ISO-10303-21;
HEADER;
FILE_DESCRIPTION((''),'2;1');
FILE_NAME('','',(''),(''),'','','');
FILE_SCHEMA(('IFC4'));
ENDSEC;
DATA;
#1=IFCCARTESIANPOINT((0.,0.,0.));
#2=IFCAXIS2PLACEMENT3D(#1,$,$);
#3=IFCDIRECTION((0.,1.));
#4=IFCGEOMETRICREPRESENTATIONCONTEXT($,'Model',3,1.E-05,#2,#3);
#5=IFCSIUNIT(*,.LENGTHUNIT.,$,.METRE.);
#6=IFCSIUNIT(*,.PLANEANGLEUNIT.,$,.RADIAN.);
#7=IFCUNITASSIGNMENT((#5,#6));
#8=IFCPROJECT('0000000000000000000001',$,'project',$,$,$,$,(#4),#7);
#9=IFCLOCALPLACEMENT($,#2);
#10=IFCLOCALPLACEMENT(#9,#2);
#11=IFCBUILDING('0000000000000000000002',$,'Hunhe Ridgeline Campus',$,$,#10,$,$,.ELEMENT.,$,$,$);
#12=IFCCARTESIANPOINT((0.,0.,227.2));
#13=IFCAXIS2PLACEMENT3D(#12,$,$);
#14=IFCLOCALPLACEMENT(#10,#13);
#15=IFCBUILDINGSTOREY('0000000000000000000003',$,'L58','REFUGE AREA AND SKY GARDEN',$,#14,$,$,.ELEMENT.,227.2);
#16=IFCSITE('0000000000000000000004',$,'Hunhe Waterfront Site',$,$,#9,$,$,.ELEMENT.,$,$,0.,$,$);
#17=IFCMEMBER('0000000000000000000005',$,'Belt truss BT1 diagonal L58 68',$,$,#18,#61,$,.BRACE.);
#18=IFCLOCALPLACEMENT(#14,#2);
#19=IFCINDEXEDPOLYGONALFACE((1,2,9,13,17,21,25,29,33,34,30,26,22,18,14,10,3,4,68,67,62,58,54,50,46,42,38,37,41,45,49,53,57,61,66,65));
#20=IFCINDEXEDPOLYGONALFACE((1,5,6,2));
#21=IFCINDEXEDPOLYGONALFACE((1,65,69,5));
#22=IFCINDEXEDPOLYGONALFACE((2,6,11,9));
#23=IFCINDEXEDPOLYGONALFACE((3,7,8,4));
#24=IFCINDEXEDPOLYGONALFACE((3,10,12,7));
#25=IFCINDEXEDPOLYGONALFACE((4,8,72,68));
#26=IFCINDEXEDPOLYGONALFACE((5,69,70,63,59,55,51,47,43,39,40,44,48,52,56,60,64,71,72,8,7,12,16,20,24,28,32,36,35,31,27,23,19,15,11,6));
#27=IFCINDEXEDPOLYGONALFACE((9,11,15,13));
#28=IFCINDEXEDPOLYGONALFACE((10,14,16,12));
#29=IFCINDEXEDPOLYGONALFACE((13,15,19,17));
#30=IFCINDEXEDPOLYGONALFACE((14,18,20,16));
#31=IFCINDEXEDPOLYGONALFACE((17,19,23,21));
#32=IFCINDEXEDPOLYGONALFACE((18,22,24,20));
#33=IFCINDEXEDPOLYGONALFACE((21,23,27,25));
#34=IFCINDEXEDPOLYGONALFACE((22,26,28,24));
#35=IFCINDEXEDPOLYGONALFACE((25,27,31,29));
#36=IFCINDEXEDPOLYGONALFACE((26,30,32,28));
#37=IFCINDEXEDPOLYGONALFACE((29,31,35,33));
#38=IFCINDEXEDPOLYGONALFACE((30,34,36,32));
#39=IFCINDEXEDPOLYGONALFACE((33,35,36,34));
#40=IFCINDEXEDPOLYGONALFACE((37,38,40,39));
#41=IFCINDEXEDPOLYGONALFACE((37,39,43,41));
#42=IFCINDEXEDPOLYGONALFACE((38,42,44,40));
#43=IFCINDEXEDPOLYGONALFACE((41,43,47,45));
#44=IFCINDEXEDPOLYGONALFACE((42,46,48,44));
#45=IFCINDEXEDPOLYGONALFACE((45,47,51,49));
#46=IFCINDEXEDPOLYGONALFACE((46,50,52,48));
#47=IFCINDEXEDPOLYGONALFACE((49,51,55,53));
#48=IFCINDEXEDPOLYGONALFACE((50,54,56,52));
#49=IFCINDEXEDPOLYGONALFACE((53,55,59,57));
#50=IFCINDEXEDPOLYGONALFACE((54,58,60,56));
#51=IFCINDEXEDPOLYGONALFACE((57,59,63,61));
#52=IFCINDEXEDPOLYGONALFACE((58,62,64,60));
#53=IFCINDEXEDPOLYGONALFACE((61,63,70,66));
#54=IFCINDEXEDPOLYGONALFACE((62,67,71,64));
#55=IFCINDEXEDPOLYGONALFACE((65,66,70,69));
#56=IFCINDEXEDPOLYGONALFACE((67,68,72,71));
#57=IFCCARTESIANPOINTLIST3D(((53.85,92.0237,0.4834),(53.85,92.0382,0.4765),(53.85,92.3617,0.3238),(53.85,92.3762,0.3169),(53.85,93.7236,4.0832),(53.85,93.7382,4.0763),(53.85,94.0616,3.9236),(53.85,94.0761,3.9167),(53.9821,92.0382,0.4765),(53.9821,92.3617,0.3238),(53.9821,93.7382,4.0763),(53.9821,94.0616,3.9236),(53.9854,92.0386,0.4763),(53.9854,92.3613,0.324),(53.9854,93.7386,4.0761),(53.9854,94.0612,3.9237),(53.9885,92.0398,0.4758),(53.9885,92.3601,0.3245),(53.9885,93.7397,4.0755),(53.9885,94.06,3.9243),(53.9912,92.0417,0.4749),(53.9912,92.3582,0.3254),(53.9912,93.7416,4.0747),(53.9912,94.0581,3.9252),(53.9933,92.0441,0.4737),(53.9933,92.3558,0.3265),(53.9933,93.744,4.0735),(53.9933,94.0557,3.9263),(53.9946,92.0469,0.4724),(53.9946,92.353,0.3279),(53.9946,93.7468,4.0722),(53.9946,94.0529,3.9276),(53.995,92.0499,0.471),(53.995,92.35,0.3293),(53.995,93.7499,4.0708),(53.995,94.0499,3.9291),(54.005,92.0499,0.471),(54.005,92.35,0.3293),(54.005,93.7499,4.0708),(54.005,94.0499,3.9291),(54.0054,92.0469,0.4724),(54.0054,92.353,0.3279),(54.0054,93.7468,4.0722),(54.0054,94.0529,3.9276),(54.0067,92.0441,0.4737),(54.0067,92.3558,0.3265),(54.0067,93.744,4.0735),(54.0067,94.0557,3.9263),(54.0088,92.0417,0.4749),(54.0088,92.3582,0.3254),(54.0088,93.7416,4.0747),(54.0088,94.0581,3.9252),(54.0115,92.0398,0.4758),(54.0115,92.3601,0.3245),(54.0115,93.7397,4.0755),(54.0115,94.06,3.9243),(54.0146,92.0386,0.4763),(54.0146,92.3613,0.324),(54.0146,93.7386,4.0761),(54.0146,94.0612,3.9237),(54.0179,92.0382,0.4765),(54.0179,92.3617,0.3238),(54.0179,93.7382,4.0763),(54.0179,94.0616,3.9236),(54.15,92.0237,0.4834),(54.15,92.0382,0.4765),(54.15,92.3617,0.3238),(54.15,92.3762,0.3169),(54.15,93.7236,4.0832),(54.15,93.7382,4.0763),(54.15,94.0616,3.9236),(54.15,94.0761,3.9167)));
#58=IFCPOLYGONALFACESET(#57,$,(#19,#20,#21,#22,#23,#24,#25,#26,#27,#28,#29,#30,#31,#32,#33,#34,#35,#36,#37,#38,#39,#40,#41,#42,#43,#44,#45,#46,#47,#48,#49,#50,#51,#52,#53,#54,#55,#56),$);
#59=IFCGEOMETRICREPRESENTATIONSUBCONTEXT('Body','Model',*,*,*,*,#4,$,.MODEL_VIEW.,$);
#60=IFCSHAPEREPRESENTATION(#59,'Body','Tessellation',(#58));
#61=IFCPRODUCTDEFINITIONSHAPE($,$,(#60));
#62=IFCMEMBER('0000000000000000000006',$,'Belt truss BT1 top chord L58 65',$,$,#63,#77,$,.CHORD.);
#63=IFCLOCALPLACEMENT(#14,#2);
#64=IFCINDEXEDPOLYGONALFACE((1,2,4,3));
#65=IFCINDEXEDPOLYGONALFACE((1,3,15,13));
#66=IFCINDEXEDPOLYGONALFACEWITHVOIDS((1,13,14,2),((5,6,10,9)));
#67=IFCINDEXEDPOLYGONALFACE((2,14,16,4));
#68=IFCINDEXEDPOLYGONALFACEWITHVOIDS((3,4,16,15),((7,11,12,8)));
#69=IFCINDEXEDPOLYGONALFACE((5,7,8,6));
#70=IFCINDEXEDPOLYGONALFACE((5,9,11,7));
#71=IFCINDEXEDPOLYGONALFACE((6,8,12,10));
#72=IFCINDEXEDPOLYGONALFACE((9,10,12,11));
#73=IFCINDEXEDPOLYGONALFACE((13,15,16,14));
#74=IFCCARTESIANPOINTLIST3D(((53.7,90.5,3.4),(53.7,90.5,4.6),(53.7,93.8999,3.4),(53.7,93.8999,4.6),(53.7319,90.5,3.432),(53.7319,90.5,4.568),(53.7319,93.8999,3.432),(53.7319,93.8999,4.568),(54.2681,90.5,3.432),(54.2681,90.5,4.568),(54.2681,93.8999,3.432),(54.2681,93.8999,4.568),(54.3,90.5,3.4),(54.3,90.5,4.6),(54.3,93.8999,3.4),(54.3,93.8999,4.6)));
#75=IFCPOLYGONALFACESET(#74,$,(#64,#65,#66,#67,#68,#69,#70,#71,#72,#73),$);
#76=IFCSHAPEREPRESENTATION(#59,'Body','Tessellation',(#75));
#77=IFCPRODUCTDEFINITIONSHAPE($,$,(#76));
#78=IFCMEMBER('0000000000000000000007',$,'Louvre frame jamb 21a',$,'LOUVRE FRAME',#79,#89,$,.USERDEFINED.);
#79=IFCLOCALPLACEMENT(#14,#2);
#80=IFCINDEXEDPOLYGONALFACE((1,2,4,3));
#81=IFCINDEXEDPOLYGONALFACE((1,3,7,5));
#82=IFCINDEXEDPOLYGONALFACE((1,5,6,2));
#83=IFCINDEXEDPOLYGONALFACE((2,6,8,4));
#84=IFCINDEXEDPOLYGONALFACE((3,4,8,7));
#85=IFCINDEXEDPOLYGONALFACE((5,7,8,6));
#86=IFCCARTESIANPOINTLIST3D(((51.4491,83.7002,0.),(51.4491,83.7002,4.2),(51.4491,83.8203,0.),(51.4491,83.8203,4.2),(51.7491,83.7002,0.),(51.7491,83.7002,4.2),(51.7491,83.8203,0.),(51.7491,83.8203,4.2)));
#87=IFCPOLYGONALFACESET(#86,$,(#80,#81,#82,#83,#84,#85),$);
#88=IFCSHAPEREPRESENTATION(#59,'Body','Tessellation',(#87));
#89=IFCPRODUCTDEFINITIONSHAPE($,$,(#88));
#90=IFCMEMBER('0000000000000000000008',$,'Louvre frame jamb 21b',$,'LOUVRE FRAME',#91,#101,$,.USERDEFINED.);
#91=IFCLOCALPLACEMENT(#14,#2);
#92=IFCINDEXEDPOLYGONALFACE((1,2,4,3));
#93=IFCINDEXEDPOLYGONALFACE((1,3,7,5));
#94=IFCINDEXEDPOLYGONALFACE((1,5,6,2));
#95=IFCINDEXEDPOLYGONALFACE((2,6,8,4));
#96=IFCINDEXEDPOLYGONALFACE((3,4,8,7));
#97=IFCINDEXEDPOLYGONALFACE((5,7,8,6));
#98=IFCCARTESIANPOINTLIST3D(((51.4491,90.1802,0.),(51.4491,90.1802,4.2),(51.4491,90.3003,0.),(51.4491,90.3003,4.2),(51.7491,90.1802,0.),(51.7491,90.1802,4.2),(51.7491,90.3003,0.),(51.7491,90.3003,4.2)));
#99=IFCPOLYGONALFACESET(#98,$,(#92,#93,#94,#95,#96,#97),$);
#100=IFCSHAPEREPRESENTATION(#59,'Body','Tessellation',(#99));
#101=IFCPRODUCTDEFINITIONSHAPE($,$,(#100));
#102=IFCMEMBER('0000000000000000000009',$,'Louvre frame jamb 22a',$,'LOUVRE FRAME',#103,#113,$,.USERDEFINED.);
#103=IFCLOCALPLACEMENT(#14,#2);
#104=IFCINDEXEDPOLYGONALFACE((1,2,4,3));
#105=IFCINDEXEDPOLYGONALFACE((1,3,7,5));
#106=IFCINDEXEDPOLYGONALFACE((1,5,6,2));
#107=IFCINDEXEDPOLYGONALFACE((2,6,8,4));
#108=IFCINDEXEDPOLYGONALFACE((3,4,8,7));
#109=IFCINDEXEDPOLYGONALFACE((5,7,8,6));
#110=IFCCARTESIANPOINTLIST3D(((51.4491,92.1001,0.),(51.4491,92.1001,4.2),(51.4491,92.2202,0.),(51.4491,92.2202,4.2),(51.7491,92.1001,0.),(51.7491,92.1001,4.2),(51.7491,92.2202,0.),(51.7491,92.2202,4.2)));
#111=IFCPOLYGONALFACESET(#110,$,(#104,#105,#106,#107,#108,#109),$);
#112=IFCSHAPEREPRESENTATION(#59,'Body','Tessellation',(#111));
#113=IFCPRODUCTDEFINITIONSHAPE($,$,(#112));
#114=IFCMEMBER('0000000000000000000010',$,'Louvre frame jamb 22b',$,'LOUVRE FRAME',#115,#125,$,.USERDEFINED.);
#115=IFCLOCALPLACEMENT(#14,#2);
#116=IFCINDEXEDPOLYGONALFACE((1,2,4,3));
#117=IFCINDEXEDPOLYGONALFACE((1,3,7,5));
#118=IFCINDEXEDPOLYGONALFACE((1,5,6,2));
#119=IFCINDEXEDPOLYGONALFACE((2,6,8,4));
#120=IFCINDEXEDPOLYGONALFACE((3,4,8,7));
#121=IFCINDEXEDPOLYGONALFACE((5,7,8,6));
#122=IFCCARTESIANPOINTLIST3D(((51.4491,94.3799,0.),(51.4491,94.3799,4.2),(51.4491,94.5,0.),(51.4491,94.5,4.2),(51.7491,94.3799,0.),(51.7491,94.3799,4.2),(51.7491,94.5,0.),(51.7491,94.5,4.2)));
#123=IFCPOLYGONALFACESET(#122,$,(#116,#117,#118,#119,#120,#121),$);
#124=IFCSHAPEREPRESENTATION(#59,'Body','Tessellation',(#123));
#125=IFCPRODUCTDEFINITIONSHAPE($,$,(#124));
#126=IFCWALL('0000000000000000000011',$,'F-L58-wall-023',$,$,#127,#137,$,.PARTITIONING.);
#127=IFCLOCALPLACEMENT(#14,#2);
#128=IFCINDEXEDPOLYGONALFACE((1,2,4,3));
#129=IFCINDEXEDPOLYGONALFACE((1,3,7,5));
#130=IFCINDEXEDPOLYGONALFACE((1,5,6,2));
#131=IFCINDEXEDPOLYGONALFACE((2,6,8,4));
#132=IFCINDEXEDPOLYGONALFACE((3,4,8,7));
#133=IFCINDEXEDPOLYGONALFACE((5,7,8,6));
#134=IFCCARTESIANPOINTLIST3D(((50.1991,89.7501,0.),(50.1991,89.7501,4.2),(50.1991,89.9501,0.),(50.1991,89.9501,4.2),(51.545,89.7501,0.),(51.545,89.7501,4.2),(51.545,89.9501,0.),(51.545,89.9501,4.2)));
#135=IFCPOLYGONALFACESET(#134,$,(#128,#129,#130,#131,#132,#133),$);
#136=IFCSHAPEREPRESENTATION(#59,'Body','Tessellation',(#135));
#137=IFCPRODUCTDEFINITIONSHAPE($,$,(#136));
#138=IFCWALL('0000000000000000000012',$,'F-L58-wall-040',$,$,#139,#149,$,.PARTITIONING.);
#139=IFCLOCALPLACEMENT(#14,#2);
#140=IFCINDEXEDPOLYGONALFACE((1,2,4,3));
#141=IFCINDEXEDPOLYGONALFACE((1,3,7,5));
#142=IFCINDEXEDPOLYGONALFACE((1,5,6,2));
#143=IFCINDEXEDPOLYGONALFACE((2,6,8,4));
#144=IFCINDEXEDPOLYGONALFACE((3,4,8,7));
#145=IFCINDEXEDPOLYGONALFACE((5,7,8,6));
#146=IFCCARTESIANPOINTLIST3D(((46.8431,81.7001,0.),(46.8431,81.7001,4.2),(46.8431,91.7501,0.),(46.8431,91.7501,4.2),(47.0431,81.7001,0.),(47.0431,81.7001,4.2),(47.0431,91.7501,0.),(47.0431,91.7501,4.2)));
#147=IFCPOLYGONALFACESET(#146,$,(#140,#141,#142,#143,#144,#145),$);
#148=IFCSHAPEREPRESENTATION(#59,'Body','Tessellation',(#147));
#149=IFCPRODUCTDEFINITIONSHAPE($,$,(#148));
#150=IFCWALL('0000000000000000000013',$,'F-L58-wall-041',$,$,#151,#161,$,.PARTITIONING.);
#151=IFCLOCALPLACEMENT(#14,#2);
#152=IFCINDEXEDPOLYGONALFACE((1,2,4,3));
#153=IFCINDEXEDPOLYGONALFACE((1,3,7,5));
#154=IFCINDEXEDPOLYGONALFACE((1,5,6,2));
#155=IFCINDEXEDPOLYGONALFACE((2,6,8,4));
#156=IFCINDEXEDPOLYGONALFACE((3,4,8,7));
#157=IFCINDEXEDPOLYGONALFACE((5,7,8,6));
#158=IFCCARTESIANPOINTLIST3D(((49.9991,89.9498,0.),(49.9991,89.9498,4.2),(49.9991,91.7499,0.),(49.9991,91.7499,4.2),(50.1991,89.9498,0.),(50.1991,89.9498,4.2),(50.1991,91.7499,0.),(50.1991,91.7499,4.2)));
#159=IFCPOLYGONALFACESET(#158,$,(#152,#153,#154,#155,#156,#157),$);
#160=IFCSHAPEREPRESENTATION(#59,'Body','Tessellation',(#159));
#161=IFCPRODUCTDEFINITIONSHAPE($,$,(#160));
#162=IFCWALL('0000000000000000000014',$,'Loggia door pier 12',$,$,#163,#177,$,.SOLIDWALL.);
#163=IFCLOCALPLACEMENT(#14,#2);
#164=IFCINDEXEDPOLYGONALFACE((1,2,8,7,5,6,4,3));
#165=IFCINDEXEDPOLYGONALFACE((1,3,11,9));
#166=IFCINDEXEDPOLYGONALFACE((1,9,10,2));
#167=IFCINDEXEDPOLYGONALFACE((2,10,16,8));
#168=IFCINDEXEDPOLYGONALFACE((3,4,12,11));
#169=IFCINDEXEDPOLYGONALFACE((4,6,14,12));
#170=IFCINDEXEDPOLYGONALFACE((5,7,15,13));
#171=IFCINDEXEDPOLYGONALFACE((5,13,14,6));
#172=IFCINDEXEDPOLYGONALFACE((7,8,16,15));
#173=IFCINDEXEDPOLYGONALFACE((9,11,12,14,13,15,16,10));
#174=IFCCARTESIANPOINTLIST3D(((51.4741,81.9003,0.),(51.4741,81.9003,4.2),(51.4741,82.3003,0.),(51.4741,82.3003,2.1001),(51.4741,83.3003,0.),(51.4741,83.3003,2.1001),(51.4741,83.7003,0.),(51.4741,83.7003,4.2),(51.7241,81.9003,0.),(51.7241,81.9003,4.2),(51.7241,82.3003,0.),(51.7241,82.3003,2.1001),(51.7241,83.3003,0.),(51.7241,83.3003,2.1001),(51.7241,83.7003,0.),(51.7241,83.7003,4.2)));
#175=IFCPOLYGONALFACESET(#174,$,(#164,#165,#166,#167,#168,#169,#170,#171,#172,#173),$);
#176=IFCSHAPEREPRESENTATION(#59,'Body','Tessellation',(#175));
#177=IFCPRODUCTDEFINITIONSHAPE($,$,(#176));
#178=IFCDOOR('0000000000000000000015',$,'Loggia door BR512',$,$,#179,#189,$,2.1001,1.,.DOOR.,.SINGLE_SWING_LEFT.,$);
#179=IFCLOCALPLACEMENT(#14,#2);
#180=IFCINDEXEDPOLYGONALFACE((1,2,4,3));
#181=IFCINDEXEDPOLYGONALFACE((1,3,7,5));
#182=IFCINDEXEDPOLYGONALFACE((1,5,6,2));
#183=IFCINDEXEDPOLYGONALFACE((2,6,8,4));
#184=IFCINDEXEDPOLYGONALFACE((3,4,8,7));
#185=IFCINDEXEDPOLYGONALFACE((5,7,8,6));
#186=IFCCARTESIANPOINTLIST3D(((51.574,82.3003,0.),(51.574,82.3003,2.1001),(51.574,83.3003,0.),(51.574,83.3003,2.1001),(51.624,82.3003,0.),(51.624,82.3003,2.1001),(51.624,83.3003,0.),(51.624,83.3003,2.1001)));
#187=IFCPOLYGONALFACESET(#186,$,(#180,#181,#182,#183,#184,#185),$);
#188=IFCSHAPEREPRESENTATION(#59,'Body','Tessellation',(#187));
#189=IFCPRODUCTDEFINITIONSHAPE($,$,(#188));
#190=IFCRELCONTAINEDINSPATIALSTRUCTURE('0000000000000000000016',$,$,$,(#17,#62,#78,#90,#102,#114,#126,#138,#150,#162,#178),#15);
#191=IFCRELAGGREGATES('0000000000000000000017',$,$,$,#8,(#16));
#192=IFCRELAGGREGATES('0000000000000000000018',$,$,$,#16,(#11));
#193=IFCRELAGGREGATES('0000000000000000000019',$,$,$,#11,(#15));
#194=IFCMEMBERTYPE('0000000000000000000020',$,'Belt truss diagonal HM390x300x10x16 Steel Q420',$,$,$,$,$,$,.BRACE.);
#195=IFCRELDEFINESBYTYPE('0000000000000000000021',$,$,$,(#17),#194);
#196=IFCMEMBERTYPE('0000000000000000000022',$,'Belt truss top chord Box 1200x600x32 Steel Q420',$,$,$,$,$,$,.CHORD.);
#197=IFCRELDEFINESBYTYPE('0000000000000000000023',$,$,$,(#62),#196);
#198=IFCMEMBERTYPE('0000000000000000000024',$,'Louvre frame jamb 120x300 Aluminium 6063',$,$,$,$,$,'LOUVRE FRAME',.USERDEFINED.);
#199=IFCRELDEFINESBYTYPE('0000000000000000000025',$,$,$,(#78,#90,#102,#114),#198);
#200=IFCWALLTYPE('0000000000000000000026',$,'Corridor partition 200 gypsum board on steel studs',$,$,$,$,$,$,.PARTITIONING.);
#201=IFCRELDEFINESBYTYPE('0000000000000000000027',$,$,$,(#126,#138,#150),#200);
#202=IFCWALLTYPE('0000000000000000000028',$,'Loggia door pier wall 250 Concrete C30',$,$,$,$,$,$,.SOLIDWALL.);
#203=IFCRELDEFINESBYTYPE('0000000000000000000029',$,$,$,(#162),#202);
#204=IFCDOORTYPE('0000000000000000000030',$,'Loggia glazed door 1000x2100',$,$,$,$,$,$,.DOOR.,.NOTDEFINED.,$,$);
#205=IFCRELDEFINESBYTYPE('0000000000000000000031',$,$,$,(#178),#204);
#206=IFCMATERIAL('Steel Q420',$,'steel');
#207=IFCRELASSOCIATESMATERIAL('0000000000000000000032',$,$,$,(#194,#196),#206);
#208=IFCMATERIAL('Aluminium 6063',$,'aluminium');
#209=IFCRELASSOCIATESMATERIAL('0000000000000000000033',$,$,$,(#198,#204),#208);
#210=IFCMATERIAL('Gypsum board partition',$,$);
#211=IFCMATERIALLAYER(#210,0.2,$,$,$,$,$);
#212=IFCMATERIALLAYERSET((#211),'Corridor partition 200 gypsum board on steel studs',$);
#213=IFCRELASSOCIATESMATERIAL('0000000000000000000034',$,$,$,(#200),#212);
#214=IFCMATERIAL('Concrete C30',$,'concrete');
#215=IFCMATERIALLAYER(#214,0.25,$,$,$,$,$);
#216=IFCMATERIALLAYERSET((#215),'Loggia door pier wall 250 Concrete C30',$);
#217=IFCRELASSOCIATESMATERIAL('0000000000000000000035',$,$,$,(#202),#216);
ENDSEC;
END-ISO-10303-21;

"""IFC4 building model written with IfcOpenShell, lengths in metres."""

from ifc_helpers import new_model, si_unit, direction, frame, frame_2d, origin, origin_2d, place, context, subcontext, project, spatial, rectangle, hollow_rectangle, i_section, extrude, material, layer, layer_set, material_profile, profile_set, type_object, element, fill, save


model = new_model("IFC4")

# Units and contexts
model_context = context("Model", 3, precision=1e-05, world=origin(), true_north=direction((0.0, 1.0)))
body_context = subcontext(model_context, "Body", "Model", "MODEL_VIEW")
ifc_project = project(units=[si_unit("LENGTHUNIT", "METRE"), si_unit("PLANEANGLEUNIT", "RADIAN")], contexts=[model_context])

# Site, building, storey
site_placement = place(None, origin())
site = spatial("IfcSite", under=ifc_project, at=site_placement, Name="Hunhe Waterfront Site", CompositionType="ELEMENT", RefElevation=0.0)
building_placement = place(site_placement, origin())
building = spatial("IfcBuilding", under=site, at=building_placement, Name="Hunhe Ridgeline Campus", CompositionType="ELEMENT")
storey_placement = place(building_placement, frame((0.0, 0.0, 227.2)))
storey = spatial("IfcBuildingStorey", under=building, at=storey_placement, Name="L58", Description="REFUGE AREA AND SKY GARDEN", CompositionType="ELEMENT", Elevation=227.2)

# Members
ifc_material_1 = material(Name="Steel Q420", Category="steel")
ifc_material_profile_1 = material_profile(ifc_material_1, i_section(OverallWidth=0.3, OverallDepth=0.3899, WebThickness=0.01, FlangeThickness=0.0161, FilletRadius=0.0129, at=origin_2d()))
ifc_profile_set_1 = profile_set([ifc_material_profile_1], Name="Steel Q420")
member_type_1 = type_object("IfcMemberType", Name="Belt truss diagonal HM390x300x10x16 Steel Q420", PredefinedType="BRACE", material=ifc_profile_set_1)
for number, where, z_axis, x_axis, name in (
    (1, (54.0, 92.2, 0.4001), (0.0, 0.42701, 0.904247), (-1.0, 0.0, 0.0), "Belt truss BT1 diagonal L58 68"),
):
    element("IfcMember", number, at=place(storey_placement, frame(where, z_axis=z_axis, x_axis=x_axis)), inside=storey, type_object=member_type_1, Name=name, PredefinedType="BRACE", context=body_context, shape_type="SweptSolid", body=[
        extrude(i_section(OverallWidth=0.3, OverallDepth=0.3899, WebThickness=0.01, FlangeThickness=0.0161, FilletRadius=0.0129, at=origin_2d()), origin(), (0.0, 0.0, 1.0), 3.981),
    ])
ifc_material_profile_2 = material_profile(ifc_material_1, hollow_rectangle(XDim=0.6001, YDim=1.2, WallThickness=0.032, at=origin_2d()))
ifc_profile_set_2 = profile_set([ifc_material_profile_2], Name="Steel Q420")
member_type_2 = type_object("IfcMemberType", Name="Belt truss top chord Box 1200x600x32 Steel Q420", PredefinedType="CHORD", material=ifc_profile_set_2)
member_1_placement = place(storey_placement, frame((54.0, 90.5, 4.0), z_axis=(0.0, 1.0, 0.0), x_axis=(-1.0, 0.0, 0.0)))
element("IfcMember", 2, at=member_1_placement, inside=storey, type_object=member_type_2, Name="Belt truss BT1 top chord L58 65", PredefinedType="CHORD", context=body_context, shape_type="SweptSolid", body=[
    extrude(hollow_rectangle(XDim=0.6001, YDim=1.2, WallThickness=0.032, at=origin_2d()), origin(), (0.0, 0.0, 1.0), 3.3999),
])
ifc_material_2 = material(Name="Aluminium 6063", Category="aluminium")
ifc_material_profile_3 = material_profile(ifc_material_2, rectangle(XDim=0.3, YDim=0.1201, at=origin_2d()))
ifc_profile_set_3 = profile_set([ifc_material_profile_3], Name="Aluminium 6063")
member_type_3 = type_object("IfcMemberType", Name="Louvre frame jamb 120x300 Aluminium 6063", ElementType="LOUVRE FRAME", PredefinedType="USERDEFINED", material=ifc_profile_set_3)
for number, where, z_axis, x_axis, name in (
    (3, (51.5991, 83.7603, 0.0), (0.0, 0.0, 1.0), (-1.0, 0.0, 0.0), "Louvre frame jamb 21a"),
    (4, (51.5991, 90.2402, 0.0), (0.0, 0.0, 1.0), (-1.0, 0.0, 0.0), "Louvre frame jamb 21b"),
    (5, (51.5991, 92.1602, 0.0), (0.0, 0.0, 1.0), (-1.0, 0.0, 0.0), "Louvre frame jamb 22a"),
    (6, (51.5991, 94.4399, 0.0), (0.0, 0.0, 1.0), (-1.0, 0.0, 0.0), "Louvre frame jamb 22b"),
):
    element("IfcMember", number, at=place(storey_placement, frame(where, z_axis=z_axis, x_axis=x_axis)), inside=storey, type_object=member_type_3, Name=name, ObjectType="LOUVRE FRAME", PredefinedType="USERDEFINED", context=body_context, shape_type="SweptSolid", body=[
        extrude(rectangle(XDim=0.3, YDim=0.1201, at=origin_2d()), origin(), (0.0, 0.0, 1.0), 4.2),
    ])

# Wall
ifc_material_3 = material(Name="Gypsum board partition")
ifc_layer_1 = layer(ifc_material_3, 0.2)
ifc_layer_set_1 = layer_set([ifc_layer_1], Name="Corridor partition 200 gypsum board on steel studs")
wall_type_1 = type_object("IfcWallType", Name="Corridor partition 200 gypsum board on steel studs", PredefinedType="PARTITIONING", material=ifc_layer_set_1)
wall_1_placement = place(storey_placement, frame((51.5449, 89.8501, 0.0), z_axis=(0.0, 0.0, 1.0), x_axis=(-1.0, 0.0, 0.0)))
element("IfcWall", 7, at=wall_1_placement, inside=storey, type_object=wall_type_1, Name="F-L58-wall-023", PredefinedType="PARTITIONING", context=body_context, shape_type="SweptSolid", body=[
    extrude(rectangle(XDim=1.3459, YDim=0.2, at=frame_2d((0.6729, 0.0))), origin(), (0.0, 0.0, 1.0), 4.2),
])

# Walls
wall_2_placement = place(storey_placement, frame((46.9431, 91.75, 0.0), z_axis=(0.0, 0.0, 1.0), x_axis=(0.0, -1.0, 0.0)))
element("IfcWall", 8, at=wall_2_placement, inside=storey, type_object=wall_type_1, Name="F-L58-wall-040", PredefinedType="PARTITIONING", context=body_context, shape_type="SweptSolid", body=[
    extrude(rectangle(XDim=10.05, YDim=0.2, at=frame_2d((5.0249, 0.0))), origin(), (0.0, 0.0, 1.0), 4.2),
])
wall_3_placement = place(storey_placement, frame((50.0991, 89.95, 0.0), z_axis=(0.0, 0.0, 1.0), x_axis=(0.0, 1.0, 0.0)))
element("IfcWall", 9, at=wall_3_placement, inside=storey, type_object=wall_type_1, Name="F-L58-wall-041", PredefinedType="PARTITIONING", context=body_context, shape_type="SweptSolid", body=[
    extrude(rectangle(XDim=1.8, YDim=0.2, at=frame_2d((0.8999, 0.0))), origin(), (0.0, 0.0, 1.0), 4.2),
])

# Wall, opening, door
ifc_material_4 = material(Name="Concrete C30", Category="concrete")
ifc_layer_2 = layer(ifc_material_4, 0.25)
ifc_layer_set_2 = layer_set([ifc_layer_2], Name="Loggia door pier wall 250 Concrete C30")
wall_type_2 = type_object("IfcWallType", Name="Loggia door pier wall 250 Concrete C30", PredefinedType="SOLIDWALL", material=ifc_layer_set_2)
wall_4_placement = place(storey_placement, frame((51.5991, 81.9004, 0.0), z_axis=(0.0, 0.0, 1.0), x_axis=(0.0, 1.0, 0.0)))
wall_4 = element("IfcWall", 10, at=wall_4_placement, inside=storey, type_object=wall_type_2, Name="Loggia door pier 12", PredefinedType="SOLIDWALL", context=body_context, shape_type="SweptSolid", body=[
    extrude(rectangle(XDim=1.8, YDim=0.25, at=frame_2d((0.8999, 0.0))), origin(), (0.0, 0.0, 1.0), 4.2),
])
opening_1_placement = place(wall_4_placement, frame((0.3999, 0.0, 0.0)))
opening_1 = element("IfcOpeningElement", 11, at=opening_1_placement, cuts=wall_4, PredefinedType="OPENING", context=body_context, shape_type="SweptSolid", body=[
    extrude(rectangle(XDim=1.0, YDim=2.1001, at=frame_2d((0.5, 1.05))), frame((0.0, 0.125, 0.0), z_axis=(0.0, -1.0, 0.0), x_axis=(1.0, 0.0, 0.0)), (0.0, 0.0, 1.0), 0.25),
])
door_type_1 = type_object("IfcDoorType", Name="Loggia glazed door 1000x2100", OperationType="NOTDEFINED", PredefinedType="DOOR", material=ifc_material_2)
door_1_placement = place(opening_1_placement, frame((1.0, 0.0, 0.0), z_axis=(0.0, 0.0, 1.0), x_axis=(-1.0, 0.0, 0.0)))
door_1 = element("IfcDoor", 12, at=door_1_placement, inside=storey, type_object=door_type_1, Name="Loggia door BR512", OperationType="SINGLE_SWING_LEFT", OverallHeight=2.1001, OverallWidth=1.0, PredefinedType="DOOR", context=body_context, shape_type="SweptSolid", body=[
    extrude(rectangle(XDim=1.0, YDim=2.1001, at=frame_2d((0.5, 1.05))), frame((0.0, 0.0249, 0.0), z_axis=(0.0, -1.0, 0.0), x_axis=(1.0, 0.0, 0.0)), (0.0, 0.0, 1.0), 0.05),
])
fill(opening_1, door_1)

save(model, "model.ifc")
